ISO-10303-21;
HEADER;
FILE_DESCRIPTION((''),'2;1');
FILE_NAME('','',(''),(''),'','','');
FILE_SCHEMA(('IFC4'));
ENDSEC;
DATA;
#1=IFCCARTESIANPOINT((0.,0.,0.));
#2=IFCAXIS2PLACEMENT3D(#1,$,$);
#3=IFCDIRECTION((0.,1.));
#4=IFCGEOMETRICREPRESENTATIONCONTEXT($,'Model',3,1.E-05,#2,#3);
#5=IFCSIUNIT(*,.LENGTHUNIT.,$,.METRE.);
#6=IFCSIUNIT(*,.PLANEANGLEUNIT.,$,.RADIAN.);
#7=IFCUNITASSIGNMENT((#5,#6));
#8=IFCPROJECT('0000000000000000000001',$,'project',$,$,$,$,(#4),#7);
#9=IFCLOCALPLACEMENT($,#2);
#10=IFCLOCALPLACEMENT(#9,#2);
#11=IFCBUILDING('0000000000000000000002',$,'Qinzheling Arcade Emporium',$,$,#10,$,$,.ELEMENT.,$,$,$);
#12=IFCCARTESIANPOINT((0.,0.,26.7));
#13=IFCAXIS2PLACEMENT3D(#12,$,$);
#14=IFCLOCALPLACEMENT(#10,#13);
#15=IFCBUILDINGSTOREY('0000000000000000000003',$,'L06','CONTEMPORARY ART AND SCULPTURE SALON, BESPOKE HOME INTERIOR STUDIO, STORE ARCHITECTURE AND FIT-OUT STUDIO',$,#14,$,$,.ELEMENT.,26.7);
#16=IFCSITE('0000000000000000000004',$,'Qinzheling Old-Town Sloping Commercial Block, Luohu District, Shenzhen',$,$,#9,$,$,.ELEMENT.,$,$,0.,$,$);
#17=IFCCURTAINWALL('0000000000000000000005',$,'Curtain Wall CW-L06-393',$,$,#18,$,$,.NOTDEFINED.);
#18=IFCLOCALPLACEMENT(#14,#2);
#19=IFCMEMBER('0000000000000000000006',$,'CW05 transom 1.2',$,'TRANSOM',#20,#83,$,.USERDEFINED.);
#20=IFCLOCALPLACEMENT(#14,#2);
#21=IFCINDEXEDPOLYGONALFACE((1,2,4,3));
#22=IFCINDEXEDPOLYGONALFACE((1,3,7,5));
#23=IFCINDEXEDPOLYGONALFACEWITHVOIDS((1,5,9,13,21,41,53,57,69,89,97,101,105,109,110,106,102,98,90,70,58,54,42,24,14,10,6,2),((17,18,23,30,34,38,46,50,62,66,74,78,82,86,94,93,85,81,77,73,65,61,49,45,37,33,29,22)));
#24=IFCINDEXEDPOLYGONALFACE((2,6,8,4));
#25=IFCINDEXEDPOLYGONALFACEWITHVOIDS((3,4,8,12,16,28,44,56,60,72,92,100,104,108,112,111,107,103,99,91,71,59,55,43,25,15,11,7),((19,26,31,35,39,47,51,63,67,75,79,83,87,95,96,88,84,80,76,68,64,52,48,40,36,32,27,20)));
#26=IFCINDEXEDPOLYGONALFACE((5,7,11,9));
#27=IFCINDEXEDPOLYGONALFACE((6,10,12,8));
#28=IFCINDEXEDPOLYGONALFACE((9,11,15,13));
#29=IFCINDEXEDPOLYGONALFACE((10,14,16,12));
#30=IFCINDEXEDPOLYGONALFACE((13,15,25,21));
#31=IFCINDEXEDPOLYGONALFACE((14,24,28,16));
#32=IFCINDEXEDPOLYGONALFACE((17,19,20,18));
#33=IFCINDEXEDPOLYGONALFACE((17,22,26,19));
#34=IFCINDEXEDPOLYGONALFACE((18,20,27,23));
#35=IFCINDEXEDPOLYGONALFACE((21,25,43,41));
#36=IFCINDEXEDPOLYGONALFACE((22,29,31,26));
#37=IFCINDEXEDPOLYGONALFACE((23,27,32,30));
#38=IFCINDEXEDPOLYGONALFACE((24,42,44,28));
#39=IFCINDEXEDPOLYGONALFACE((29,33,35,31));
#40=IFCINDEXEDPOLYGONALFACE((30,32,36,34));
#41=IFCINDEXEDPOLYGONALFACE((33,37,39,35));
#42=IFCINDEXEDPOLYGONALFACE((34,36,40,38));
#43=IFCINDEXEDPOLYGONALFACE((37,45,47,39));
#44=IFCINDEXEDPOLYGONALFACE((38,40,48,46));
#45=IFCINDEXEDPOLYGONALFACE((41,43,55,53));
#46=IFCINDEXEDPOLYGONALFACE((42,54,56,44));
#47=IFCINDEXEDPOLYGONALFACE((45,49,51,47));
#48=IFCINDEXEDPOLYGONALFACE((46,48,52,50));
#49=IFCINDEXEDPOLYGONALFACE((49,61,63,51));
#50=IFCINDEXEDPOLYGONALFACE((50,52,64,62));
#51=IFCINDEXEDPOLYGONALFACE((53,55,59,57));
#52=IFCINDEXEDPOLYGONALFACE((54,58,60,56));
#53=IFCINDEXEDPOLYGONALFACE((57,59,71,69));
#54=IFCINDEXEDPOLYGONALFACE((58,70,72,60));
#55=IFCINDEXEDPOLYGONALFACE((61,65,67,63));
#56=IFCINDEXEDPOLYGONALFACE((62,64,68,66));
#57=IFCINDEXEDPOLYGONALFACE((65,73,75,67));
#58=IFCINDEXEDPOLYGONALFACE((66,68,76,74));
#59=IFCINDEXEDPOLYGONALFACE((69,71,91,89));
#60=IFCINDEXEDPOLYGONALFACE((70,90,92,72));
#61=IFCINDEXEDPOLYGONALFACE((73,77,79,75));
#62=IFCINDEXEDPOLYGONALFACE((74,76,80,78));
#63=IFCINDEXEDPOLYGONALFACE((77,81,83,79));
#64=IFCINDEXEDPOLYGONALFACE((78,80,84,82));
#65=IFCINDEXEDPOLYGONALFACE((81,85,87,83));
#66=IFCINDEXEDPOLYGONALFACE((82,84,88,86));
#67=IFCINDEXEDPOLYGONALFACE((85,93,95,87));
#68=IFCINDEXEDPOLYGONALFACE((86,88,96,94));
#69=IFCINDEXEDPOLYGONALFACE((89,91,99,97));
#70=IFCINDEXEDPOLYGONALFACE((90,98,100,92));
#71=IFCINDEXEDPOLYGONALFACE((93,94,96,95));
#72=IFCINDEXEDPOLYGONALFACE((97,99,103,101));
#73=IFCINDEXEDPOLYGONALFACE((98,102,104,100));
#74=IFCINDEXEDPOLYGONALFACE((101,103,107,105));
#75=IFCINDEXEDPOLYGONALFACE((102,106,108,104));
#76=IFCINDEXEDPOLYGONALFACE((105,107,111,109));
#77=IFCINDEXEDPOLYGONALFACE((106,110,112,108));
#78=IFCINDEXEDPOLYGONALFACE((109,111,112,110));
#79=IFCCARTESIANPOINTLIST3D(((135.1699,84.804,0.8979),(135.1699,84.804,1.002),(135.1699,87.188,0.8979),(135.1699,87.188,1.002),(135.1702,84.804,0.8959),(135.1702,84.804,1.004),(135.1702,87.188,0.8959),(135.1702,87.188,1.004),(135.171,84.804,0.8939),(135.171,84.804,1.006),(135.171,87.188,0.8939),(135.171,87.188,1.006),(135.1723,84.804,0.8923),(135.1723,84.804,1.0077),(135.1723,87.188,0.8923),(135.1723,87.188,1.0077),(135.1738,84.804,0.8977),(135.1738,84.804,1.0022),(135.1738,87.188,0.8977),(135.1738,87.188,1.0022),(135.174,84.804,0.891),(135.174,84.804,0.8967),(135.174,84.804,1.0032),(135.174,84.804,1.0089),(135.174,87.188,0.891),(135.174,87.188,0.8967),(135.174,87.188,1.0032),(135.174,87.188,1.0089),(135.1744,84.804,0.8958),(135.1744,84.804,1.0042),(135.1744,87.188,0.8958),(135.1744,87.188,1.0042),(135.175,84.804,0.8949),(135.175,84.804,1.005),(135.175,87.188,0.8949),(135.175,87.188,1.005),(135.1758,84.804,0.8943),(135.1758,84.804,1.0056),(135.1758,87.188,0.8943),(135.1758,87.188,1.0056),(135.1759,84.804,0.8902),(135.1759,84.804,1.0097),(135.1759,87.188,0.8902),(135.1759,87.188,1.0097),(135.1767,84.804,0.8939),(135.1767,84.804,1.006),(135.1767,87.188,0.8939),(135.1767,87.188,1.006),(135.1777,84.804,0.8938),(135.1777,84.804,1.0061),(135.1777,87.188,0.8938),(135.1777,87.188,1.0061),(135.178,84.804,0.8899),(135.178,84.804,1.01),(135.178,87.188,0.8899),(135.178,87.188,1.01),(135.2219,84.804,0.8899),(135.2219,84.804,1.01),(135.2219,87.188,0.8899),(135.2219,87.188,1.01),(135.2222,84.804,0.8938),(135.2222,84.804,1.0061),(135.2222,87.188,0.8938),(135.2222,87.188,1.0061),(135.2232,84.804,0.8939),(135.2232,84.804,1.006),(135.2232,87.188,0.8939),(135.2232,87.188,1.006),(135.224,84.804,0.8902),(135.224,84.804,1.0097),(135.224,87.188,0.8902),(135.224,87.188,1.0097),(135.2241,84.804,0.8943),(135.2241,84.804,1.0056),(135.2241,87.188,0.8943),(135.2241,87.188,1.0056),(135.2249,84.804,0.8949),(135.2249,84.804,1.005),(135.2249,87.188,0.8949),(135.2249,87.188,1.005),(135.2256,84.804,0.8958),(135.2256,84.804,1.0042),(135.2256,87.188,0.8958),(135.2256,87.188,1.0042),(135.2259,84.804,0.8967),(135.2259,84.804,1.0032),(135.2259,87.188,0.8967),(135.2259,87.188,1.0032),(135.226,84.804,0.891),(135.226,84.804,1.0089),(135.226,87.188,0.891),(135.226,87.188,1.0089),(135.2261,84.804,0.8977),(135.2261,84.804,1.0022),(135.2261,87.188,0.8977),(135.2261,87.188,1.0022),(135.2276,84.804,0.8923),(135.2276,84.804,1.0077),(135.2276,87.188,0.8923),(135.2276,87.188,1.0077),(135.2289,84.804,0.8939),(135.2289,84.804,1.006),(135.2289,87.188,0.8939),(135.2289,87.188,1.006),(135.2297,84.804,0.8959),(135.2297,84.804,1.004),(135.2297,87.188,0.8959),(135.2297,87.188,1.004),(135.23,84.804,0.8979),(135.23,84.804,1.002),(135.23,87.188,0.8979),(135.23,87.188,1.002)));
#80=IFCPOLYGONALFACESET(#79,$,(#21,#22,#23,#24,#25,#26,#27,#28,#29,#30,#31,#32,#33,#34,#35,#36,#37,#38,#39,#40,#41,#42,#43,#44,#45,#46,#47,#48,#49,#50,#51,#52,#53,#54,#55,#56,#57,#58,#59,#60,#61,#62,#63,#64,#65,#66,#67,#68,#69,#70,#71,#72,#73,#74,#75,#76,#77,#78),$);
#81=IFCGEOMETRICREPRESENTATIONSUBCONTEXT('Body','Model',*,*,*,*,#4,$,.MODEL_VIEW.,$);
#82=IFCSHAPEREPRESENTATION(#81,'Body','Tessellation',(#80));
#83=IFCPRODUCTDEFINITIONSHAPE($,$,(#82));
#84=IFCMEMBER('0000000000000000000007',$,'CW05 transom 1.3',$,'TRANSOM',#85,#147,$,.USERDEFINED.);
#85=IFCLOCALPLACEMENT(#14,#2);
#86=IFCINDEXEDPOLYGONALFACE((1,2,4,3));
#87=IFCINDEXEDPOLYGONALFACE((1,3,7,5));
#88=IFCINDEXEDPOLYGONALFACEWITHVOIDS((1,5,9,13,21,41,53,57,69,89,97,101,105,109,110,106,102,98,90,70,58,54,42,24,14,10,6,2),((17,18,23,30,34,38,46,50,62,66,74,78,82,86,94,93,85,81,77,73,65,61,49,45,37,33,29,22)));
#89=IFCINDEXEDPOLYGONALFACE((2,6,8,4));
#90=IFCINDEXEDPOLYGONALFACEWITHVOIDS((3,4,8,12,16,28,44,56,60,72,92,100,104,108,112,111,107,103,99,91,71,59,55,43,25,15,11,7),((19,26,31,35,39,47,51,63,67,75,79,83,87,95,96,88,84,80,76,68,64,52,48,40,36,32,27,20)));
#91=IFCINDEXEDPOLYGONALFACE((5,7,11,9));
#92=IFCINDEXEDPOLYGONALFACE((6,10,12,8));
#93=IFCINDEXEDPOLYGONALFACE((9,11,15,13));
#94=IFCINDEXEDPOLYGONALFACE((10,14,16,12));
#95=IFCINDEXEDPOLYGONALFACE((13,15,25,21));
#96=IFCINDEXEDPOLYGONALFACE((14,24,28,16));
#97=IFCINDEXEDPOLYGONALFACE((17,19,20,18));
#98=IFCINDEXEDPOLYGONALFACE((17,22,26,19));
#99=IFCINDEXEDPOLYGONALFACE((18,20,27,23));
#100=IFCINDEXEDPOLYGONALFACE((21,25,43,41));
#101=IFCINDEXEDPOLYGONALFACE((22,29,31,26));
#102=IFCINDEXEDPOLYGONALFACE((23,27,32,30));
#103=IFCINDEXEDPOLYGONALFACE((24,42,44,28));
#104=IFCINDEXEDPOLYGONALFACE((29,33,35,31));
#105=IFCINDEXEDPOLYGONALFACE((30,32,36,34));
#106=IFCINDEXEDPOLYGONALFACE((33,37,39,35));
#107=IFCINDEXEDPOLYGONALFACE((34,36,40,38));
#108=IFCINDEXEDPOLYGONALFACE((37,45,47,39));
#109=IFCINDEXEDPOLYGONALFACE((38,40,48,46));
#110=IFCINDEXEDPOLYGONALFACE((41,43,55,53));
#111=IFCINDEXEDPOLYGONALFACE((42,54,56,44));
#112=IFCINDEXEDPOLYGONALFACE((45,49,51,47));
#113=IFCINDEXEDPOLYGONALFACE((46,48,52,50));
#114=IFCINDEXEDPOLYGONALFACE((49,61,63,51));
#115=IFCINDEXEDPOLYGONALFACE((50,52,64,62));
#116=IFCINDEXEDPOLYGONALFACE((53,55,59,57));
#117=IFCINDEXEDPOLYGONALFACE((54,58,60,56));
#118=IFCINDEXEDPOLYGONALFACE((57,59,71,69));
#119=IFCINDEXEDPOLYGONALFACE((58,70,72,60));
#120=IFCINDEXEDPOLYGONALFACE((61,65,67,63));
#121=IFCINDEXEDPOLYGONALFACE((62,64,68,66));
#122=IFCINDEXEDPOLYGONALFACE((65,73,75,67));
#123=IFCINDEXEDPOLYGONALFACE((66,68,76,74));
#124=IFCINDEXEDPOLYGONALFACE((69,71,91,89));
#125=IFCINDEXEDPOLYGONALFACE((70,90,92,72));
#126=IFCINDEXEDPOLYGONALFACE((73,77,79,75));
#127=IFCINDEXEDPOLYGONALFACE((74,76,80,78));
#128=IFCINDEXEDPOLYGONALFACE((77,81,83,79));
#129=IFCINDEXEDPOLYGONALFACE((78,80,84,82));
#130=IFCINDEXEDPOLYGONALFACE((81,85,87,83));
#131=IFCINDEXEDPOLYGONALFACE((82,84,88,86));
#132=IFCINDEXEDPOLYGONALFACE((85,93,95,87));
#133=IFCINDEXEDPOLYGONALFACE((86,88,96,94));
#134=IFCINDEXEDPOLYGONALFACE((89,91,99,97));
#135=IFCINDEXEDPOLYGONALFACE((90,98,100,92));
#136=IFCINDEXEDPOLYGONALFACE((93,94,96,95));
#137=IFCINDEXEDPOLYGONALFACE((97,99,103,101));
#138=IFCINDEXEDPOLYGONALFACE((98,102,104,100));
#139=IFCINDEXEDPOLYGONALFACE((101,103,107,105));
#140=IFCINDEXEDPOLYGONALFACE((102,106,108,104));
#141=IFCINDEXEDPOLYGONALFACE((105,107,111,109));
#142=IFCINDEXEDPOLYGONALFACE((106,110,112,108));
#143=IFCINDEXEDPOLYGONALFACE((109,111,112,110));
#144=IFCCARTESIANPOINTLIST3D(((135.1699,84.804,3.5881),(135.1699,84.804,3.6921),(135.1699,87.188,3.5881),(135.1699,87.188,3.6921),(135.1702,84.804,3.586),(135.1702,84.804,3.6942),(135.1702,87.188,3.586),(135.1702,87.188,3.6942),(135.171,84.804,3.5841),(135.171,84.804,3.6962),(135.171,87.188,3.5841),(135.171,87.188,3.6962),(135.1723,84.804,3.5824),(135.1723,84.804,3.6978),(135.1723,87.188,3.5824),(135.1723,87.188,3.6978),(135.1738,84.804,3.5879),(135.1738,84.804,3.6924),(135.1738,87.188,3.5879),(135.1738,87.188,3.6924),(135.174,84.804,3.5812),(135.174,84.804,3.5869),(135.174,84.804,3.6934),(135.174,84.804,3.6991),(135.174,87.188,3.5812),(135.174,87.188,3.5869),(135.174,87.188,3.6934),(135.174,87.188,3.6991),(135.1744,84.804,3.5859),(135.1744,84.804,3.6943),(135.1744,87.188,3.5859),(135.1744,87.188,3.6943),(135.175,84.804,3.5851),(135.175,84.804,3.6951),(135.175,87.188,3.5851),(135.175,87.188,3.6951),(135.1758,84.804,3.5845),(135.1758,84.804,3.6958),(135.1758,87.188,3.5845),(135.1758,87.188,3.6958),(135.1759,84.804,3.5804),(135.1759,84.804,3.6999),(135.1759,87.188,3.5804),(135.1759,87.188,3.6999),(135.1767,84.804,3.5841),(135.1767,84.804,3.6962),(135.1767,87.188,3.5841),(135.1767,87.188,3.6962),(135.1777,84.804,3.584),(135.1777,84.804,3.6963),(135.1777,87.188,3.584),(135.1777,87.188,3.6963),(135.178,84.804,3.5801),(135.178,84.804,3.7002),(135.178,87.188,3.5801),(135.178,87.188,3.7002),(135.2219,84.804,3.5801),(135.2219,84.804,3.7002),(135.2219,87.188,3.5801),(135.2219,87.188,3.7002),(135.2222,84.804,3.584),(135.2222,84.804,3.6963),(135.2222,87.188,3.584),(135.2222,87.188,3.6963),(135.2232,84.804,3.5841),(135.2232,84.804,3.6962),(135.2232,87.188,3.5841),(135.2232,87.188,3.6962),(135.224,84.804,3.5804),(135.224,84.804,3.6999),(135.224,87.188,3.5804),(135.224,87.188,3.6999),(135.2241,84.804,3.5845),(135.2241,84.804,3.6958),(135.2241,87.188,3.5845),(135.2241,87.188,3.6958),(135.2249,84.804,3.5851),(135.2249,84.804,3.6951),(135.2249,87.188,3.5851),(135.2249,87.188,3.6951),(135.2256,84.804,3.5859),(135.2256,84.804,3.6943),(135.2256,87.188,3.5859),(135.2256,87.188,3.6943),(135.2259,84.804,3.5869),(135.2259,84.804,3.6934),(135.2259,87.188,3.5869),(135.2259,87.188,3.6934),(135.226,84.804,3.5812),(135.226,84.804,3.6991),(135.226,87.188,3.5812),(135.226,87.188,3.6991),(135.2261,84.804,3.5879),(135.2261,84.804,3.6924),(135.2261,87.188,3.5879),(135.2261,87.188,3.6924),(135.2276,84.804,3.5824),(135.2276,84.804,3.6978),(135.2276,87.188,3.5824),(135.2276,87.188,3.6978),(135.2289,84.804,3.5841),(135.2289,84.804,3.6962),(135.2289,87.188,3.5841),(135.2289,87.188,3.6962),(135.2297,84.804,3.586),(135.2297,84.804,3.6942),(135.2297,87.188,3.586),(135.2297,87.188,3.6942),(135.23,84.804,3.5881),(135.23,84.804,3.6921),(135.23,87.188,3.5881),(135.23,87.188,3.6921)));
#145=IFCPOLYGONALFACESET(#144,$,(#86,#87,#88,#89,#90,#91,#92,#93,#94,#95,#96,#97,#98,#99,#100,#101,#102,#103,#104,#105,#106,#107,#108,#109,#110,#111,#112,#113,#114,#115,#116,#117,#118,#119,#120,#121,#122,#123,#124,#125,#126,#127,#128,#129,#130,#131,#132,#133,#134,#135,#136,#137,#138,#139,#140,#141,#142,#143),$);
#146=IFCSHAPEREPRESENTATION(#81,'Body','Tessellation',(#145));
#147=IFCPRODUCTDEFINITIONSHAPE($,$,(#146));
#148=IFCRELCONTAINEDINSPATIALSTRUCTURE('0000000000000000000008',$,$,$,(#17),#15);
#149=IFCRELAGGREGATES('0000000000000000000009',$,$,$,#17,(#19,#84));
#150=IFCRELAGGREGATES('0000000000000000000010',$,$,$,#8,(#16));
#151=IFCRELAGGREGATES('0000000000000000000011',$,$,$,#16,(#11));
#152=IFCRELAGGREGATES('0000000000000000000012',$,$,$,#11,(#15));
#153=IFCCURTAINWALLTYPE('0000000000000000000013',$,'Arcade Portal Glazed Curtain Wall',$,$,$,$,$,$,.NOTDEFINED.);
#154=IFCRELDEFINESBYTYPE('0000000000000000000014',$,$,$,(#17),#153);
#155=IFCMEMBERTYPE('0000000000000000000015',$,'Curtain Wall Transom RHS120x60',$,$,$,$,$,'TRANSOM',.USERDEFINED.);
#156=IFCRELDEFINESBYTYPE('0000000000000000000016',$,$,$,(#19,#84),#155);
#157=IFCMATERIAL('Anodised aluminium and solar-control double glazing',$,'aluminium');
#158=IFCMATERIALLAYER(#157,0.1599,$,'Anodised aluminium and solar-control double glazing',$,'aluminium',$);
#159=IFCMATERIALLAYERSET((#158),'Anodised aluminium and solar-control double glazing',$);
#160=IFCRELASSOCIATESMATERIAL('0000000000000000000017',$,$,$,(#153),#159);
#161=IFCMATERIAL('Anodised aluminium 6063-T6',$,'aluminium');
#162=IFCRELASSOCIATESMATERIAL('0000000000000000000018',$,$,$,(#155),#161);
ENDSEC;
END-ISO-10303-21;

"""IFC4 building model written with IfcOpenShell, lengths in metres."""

from ifc_helpers import new_model, si_unit, direction, frame, origin, origin_2d, place, context, subcontext, project, spatial, hollow_rectangle, extrude, material, layer, layer_set, material_profile, profile_set, type_object, element, aggregate, save


model = new_model("IFC4")

# Units and contexts
model_context = context("Model", 3, precision=1e-05, world=origin(), true_north=direction((0.0, 1.0)))
body_context = subcontext(model_context, "Body", "Model", "MODEL_VIEW")
ifc_project = project(units=[si_unit("LENGTHUNIT", "METRE"), si_unit("PLANEANGLEUNIT", "RADIAN")], contexts=[model_context])

# Site, building, storey
site_placement = place(None, origin())
site = spatial("IfcSite", under=ifc_project, at=site_placement, Name="Qinzheling Old-Town Sloping Commercial Block, Luohu District, Shenzhen", CompositionType="ELEMENT", RefElevation=0.0)
building_placement = place(site_placement, origin())
building = spatial("IfcBuilding", under=site, at=building_placement, Name="Qinzheling Arcade Emporium", CompositionType="ELEMENT")
storey_placement = place(building_placement, frame((0.0, 0.0, 26.7)))
storey = spatial("IfcBuildingStorey", under=building, at=storey_placement, Name="L06", Description="CONTEMPORARY ART AND SCULPTURE SALON, BESPOKE HOME INTERIOR STUDIO, STORE ARCHITECTURE AND FIT-OUT STUDIO", CompositionType="ELEMENT", Elevation=26.7)

# Curtain wall, members
ifc_material_1 = material(Name="Anodised aluminium and solar-control double glazing", Category="aluminium")
ifc_layer_1 = layer(ifc_material_1, 0.1599, Name="Anodised aluminium and solar-control double glazing", Category="aluminium")
ifc_layer_set_1 = layer_set([ifc_layer_1], Name="Anodised aluminium and solar-control double glazing")
curtain_wall_type = type_object("IfcCurtainWallType", Name="Arcade Portal Glazed Curtain Wall", PredefinedType="NOTDEFINED", material=ifc_layer_set_1)
curtain_wall_placement = place(storey_placement, origin())
curtain_wall = element("IfcCurtainWall", 1, at=curtain_wall_placement, inside=storey, type_object=curtain_wall_type, Name="Curtain Wall CW-L06-393", PredefinedType="NOTDEFINED")
ifc_material_2 = material(Name="Anodised aluminium 6063-T6", Category="aluminium")
ifc_material_profile_1 = material_profile(ifc_material_2, hollow_rectangle(XDim=0.0601, YDim=0.1201, WallThickness=0.0039, InnerFilletRadius=0.0039, OuterFilletRadius=0.0081, at=origin_2d()), Name="RHS 120x60x4", Category="aluminium")
ifc_profile_set_1 = profile_set([ifc_material_profile_1], Name="Anodised aluminium 6063-T6")
member_type_1 = type_object("IfcMemberType", Name="Curtain Wall Transom RHS120x60", ElementType="TRANSOM", PredefinedType="USERDEFINED", material=ifc_profile_set_1)
member_1_placement = place(storey_placement, frame((135.2, 87.188, 0.95), z_axis=(0.0, -1.0, 0.0), x_axis=(1.0, 0.0, 0.0)))
member_1 = element("IfcMember", 2, at=member_1_placement, type_object=member_type_1, Name="CW05 transom 1.2", ObjectType="TRANSOM", PredefinedType="USERDEFINED", context=body_context, shape_type="SweptSolid", body=[
    extrude(hollow_rectangle(XDim=0.0601, YDim=0.1201, WallThickness=0.0039, InnerFilletRadius=0.0039, OuterFilletRadius=0.0081, at=origin_2d()), origin(), (0.0, 0.0, 1.0), 2.384),
])
member_2_placement = place(storey_placement, frame((135.2, 87.188, 3.6401), z_axis=(0.0, -1.0, 0.0), x_axis=(1.0, 0.0, 0.0)))
member_2 = element("IfcMember", 3, at=member_2_placement, type_object=member_type_1, Name="CW05 transom 1.3", ObjectType="TRANSOM", PredefinedType="USERDEFINED", context=body_context, shape_type="SweptSolid", body=[
    extrude(hollow_rectangle(XDim=0.0601, YDim=0.1201, WallThickness=0.0039, InnerFilletRadius=0.0039, OuterFilletRadius=0.0081, at=origin_2d()), origin(), (0.0, 0.0, 1.0), 2.384),
])

aggregate(curtain_wall, [member_1, member_2])

save(model, "model.ifc")
